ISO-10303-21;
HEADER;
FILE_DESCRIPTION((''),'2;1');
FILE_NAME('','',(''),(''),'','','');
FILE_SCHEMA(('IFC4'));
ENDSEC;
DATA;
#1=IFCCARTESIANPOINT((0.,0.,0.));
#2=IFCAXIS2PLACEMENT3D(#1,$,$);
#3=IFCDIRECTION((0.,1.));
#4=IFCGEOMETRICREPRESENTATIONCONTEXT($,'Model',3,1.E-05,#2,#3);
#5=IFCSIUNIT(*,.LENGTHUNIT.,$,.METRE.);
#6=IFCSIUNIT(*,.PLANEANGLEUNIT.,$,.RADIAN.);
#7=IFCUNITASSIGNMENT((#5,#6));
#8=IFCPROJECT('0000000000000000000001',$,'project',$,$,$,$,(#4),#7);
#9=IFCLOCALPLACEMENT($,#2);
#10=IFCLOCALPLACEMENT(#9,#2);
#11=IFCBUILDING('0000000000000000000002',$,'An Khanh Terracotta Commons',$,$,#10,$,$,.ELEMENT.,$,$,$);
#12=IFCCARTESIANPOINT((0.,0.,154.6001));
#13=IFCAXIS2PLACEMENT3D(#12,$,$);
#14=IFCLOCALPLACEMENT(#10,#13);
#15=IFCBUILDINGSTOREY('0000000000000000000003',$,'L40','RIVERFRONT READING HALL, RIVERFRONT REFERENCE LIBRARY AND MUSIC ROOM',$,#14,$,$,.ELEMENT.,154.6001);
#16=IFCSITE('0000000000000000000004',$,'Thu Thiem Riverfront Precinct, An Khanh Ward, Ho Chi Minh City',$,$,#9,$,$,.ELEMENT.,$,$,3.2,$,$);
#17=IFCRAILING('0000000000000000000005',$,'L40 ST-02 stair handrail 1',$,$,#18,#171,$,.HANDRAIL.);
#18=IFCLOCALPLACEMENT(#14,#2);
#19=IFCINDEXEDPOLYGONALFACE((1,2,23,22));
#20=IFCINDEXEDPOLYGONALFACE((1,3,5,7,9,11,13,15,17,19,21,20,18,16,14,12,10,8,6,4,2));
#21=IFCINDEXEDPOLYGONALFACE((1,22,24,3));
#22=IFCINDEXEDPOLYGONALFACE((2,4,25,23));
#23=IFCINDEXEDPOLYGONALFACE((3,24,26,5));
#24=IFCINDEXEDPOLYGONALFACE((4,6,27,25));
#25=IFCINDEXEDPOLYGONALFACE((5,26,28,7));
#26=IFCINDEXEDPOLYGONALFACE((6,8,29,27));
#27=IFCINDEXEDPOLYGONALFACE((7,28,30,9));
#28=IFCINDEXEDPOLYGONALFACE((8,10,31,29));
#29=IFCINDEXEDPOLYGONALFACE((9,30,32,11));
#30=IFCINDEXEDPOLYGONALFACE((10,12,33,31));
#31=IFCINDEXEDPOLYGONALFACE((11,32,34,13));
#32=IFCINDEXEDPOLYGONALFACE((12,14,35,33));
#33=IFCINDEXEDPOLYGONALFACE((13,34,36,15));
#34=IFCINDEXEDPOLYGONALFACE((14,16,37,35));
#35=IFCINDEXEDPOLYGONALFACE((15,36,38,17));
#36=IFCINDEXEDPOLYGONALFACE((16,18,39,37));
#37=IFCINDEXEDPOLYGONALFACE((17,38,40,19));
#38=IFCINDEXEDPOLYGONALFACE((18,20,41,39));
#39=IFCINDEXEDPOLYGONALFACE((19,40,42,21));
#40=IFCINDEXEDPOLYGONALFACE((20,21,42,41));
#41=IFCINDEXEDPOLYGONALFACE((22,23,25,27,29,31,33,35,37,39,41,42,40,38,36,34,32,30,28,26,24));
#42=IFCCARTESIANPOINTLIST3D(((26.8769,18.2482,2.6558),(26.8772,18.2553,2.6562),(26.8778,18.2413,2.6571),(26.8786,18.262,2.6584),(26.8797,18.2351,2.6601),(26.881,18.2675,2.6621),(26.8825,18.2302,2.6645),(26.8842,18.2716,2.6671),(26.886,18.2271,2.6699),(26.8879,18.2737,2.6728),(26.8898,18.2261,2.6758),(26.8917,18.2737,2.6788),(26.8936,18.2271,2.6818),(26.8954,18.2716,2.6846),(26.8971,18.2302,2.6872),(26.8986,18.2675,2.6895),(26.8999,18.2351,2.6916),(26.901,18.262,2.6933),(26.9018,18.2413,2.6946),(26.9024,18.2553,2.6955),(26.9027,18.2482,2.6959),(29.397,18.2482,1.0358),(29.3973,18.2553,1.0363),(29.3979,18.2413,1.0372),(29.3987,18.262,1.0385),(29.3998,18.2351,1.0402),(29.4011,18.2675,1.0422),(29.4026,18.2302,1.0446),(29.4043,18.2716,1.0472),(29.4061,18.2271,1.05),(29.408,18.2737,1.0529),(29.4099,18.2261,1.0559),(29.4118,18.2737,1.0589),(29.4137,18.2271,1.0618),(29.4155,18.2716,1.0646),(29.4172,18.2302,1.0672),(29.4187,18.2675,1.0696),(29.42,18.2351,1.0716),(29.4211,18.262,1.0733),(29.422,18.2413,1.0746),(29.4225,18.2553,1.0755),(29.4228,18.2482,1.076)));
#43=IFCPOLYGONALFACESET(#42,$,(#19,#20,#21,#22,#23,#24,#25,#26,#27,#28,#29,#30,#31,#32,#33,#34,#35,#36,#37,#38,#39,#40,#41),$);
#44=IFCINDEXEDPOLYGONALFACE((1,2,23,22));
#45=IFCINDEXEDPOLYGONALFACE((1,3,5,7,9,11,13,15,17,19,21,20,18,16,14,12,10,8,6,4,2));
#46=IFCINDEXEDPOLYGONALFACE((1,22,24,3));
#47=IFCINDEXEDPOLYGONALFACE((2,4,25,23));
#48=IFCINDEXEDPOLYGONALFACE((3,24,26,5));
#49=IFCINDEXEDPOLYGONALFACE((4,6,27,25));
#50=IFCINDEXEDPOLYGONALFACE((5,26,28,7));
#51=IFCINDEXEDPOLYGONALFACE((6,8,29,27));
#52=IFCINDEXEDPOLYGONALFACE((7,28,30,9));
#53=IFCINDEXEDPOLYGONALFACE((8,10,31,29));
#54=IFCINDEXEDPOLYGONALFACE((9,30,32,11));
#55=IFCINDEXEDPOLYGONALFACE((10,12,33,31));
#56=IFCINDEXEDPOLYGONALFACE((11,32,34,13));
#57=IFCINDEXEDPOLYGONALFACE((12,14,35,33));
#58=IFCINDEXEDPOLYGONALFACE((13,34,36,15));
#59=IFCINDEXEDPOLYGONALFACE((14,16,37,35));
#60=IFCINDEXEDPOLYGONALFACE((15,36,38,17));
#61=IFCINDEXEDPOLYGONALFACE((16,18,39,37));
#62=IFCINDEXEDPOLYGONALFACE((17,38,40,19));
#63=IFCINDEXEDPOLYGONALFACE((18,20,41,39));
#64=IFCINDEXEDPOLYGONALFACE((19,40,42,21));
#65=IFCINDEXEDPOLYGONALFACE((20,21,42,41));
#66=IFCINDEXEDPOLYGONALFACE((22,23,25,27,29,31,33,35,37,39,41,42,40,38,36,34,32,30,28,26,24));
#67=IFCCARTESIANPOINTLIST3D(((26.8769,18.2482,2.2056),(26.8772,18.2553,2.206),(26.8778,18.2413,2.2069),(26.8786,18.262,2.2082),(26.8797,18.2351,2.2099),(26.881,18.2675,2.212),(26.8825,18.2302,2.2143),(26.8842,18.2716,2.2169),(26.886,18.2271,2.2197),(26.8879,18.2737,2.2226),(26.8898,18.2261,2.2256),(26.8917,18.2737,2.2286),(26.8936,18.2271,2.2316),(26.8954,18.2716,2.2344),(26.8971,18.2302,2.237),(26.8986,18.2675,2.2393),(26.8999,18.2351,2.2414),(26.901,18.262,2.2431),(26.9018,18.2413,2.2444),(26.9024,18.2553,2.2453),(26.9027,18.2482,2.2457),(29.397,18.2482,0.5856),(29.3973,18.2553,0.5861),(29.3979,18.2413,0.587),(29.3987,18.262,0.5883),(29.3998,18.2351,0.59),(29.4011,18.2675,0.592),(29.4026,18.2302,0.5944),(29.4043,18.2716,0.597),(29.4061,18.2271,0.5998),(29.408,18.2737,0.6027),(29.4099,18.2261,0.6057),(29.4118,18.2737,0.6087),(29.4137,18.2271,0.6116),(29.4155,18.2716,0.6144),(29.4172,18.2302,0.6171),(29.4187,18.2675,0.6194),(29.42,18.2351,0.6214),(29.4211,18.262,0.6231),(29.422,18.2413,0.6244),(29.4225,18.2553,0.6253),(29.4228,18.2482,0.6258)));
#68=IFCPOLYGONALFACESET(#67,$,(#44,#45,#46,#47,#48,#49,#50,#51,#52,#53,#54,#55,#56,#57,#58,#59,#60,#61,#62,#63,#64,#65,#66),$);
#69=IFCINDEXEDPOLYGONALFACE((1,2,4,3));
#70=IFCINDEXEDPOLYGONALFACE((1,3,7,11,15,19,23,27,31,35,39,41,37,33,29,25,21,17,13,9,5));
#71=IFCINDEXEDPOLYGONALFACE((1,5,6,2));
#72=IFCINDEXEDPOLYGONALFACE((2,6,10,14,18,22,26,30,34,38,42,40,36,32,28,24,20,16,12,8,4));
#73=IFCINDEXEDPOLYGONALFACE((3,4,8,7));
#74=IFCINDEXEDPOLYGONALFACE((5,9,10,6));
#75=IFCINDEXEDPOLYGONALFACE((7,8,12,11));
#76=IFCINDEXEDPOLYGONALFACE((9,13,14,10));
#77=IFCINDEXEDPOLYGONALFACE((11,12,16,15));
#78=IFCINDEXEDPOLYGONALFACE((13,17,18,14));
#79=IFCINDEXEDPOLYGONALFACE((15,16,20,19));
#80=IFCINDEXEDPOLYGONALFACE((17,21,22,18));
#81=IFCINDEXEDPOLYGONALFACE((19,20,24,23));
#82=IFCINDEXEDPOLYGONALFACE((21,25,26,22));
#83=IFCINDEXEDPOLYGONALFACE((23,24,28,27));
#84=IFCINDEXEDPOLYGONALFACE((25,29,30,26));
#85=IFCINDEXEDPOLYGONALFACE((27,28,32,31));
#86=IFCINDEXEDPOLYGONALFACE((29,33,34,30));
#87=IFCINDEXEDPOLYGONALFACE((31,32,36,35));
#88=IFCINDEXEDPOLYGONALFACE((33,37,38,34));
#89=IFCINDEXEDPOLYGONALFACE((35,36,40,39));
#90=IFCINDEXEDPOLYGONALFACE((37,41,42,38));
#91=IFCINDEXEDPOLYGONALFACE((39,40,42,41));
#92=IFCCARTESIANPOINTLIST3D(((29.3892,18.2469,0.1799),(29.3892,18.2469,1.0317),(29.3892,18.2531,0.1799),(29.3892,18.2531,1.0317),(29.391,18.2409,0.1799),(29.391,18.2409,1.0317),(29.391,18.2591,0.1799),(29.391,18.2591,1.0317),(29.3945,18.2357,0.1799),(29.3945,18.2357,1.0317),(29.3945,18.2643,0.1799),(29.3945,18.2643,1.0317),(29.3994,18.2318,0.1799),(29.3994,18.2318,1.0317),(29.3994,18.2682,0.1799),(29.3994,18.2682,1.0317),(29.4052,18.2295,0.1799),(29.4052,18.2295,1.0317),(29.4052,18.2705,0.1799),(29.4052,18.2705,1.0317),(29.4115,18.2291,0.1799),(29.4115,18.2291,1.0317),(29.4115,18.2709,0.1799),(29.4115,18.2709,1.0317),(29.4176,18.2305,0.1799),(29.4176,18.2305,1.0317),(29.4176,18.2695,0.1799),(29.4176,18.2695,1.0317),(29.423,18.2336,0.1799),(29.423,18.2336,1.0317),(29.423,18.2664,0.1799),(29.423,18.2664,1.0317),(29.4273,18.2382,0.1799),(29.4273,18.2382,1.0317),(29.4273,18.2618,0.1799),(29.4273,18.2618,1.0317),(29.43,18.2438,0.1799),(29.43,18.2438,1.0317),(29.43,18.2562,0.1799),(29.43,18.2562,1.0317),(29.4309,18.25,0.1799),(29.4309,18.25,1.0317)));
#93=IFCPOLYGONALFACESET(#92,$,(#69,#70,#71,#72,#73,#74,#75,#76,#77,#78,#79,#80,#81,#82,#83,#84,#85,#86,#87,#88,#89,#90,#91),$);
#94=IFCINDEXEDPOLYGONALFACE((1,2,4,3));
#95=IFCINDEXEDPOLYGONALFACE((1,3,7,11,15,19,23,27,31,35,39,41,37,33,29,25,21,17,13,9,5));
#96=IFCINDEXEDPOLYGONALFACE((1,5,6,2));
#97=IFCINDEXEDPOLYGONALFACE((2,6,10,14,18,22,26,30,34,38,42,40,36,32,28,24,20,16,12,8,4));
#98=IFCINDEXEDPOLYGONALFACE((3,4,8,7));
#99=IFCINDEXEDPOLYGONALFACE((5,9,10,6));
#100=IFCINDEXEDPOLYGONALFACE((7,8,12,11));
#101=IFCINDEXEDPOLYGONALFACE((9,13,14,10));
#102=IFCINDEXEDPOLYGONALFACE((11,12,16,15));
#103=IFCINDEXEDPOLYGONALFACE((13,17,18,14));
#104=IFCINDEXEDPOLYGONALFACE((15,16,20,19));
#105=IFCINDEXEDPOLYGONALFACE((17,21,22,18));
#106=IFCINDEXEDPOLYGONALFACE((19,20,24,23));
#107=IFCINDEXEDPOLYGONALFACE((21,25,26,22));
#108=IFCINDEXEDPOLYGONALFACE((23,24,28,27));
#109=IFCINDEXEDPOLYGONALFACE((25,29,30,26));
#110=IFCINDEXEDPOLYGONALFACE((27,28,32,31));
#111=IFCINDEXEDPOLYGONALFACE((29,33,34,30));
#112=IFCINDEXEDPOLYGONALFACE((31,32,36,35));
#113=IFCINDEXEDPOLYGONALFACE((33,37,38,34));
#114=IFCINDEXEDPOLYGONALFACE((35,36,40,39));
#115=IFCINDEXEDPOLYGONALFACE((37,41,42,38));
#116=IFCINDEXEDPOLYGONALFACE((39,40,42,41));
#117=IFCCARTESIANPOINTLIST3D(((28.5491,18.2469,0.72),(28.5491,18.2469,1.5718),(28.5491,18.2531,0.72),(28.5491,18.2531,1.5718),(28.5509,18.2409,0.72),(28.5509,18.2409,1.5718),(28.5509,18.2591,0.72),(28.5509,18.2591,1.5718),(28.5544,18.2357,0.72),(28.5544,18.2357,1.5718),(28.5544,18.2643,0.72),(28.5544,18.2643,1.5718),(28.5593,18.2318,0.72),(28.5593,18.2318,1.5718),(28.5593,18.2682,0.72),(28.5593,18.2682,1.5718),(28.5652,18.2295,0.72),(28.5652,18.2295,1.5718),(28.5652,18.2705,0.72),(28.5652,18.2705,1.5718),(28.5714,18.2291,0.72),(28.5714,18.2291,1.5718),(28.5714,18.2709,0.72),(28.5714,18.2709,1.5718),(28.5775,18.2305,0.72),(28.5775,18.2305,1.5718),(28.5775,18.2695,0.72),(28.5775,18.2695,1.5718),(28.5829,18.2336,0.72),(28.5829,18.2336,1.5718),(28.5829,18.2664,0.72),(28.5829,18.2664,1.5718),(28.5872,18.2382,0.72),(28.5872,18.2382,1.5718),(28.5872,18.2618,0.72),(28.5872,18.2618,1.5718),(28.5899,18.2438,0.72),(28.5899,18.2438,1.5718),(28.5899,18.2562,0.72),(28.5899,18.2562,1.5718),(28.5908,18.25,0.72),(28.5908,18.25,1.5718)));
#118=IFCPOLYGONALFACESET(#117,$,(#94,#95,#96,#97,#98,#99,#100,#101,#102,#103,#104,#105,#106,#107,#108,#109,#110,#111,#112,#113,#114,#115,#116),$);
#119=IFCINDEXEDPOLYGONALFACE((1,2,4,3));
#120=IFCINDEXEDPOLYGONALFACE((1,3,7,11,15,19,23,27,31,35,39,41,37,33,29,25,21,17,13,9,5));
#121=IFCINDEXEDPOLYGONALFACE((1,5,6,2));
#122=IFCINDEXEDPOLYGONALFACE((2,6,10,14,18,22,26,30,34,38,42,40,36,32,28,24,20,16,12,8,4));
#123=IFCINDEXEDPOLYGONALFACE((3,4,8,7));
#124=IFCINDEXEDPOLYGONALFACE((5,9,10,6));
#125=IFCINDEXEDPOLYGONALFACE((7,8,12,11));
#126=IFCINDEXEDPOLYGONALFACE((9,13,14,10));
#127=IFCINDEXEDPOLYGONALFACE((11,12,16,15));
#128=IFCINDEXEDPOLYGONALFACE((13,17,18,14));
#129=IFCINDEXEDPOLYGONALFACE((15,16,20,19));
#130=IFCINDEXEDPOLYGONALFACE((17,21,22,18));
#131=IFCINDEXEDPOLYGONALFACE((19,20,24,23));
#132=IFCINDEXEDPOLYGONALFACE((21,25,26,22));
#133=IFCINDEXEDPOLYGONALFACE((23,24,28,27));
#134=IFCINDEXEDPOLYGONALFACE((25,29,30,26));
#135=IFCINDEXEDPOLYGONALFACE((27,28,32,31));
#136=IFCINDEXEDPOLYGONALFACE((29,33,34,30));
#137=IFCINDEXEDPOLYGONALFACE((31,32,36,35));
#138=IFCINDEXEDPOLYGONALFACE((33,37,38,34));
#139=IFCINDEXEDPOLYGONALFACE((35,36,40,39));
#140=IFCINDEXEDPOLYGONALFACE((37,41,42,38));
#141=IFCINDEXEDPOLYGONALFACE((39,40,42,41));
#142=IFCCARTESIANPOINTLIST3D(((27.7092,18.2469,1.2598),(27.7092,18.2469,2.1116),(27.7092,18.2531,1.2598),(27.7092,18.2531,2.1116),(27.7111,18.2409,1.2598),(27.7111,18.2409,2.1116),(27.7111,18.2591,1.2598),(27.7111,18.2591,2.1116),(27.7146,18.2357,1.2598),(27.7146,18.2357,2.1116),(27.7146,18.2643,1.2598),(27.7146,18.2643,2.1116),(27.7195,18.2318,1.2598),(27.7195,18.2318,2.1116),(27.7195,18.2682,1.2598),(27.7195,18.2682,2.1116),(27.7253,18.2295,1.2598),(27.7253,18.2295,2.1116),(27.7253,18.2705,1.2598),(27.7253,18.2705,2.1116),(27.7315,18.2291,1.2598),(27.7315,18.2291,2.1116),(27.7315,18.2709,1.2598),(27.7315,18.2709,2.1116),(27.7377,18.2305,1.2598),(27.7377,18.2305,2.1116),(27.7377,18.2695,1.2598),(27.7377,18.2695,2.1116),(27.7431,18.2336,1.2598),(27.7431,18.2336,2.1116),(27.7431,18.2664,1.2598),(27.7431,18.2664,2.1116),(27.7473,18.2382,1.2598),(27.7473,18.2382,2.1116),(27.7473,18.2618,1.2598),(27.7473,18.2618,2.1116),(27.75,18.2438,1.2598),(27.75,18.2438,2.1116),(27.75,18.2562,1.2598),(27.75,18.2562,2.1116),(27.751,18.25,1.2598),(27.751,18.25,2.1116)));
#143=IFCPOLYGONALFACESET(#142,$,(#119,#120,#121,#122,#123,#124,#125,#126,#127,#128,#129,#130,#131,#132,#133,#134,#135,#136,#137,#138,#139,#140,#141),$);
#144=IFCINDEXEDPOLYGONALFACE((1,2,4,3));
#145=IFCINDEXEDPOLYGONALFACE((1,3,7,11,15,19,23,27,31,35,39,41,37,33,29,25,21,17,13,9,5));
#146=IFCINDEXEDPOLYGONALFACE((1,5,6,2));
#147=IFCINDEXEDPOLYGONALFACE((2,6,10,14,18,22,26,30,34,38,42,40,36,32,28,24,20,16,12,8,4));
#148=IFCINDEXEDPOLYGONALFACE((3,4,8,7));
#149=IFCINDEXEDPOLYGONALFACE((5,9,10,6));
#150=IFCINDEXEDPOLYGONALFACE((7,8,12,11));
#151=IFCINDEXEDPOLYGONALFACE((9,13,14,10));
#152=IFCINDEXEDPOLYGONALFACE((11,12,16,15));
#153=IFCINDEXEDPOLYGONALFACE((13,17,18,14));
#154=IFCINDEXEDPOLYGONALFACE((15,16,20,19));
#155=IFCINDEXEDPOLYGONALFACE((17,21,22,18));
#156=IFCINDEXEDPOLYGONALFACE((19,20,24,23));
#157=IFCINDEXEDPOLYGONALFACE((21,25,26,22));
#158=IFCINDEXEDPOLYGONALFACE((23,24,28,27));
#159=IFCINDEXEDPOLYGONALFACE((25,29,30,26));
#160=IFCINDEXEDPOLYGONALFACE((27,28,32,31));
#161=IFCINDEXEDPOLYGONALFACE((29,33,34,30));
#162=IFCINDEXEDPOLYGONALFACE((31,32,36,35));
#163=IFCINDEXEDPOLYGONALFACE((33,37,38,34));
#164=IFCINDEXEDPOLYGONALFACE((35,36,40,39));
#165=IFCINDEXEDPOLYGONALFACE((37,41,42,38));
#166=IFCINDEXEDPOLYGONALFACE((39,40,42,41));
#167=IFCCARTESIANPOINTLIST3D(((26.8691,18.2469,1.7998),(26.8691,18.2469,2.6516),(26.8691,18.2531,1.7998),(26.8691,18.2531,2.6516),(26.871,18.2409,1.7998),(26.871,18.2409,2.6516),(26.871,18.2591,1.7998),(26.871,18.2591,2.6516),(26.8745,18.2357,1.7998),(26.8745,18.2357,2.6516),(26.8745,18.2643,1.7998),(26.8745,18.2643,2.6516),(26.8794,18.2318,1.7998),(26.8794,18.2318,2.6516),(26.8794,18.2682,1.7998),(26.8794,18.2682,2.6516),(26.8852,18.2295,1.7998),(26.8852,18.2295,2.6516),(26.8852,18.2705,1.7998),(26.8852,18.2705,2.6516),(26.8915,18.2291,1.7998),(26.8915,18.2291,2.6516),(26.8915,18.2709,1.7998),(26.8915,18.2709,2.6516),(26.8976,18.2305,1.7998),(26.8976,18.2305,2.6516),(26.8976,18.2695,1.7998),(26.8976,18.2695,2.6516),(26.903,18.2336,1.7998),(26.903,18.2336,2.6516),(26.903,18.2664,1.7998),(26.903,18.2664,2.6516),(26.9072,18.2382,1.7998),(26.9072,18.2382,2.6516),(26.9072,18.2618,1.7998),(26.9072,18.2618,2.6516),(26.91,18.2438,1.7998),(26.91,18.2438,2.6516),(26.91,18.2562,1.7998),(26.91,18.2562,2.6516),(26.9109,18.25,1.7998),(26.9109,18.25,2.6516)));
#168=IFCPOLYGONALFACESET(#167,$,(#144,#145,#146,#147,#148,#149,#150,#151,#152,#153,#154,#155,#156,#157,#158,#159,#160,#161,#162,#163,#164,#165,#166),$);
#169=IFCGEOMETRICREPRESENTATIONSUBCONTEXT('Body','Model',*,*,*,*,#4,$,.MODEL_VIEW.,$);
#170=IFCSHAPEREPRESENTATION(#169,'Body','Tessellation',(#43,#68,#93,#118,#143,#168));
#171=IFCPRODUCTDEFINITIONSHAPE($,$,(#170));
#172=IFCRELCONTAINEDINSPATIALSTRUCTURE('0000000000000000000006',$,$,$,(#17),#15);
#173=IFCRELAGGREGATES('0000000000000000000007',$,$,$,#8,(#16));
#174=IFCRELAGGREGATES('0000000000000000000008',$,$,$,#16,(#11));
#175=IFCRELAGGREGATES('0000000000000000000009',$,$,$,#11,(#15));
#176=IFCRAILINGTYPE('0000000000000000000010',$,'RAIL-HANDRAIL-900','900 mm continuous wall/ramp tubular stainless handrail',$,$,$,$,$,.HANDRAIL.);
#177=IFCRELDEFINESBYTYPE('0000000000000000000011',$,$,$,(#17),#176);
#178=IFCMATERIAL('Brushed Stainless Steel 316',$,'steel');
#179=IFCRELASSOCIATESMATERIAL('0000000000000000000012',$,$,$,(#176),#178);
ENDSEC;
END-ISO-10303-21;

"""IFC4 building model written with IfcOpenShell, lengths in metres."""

from ifc_helpers import new_model, si_unit, direction, frame, origin, origin_2d, place, context, subcontext, project, spatial, circle, extrude, material, type_object, element, save


model = new_model("IFC4")

# Units and contexts
model_context = context("Model", 3, precision=1e-05, world=origin(), true_north=direction((0.0, 1.0)))
body_context = subcontext(model_context, "Body", "Model", "MODEL_VIEW")
ifc_project = project(units=[si_unit("LENGTHUNIT", "METRE"), si_unit("PLANEANGLEUNIT", "RADIAN")], contexts=[model_context])

# Site, building, storey
site_placement = place(None, origin())
site = spatial("IfcSite", under=ifc_project, at=site_placement, Name="Thu Thiem Riverfront Precinct, An Khanh Ward, Ho Chi Minh City", CompositionType="ELEMENT", RefElevation=3.2)
building_placement = place(site_placement, origin())
building = spatial("IfcBuilding", under=site, at=building_placement, Name="An Khanh Terracotta Commons", CompositionType="ELEMENT")
storey_placement = place(building_placement, frame((0.0, 0.0, 154.6001)))
storey = spatial("IfcBuildingStorey", under=building, at=storey_placement, Name="L40", Description="RIVERFRONT READING HALL, RIVERFRONT REFERENCE LIBRARY AND MUSIC ROOM", CompositionType="ELEMENT", Elevation=154.6001)

# Railing
ifc_material_1 = material(Name="Brushed Stainless Steel 316", Category="steel")
railing_type_1 = type_object("IfcRailingType", Name="RAIL-HANDRAIL-900", Description="900 mm continuous wall/ramp tubular stainless handrail", PredefinedType="HANDRAIL", material=ifc_material_1)
railing_1_placement = place(storey_placement, frame((29.4099, 18.25, 0.1799)))
element("IfcRailing", 1, at=railing_1_placement, inside=storey, type_object=railing_type_1, Name="L40 ST-02 stair handrail 1", PredefinedType="HANDRAIL", context=body_context, shape_type="SweptSolid", body=[
    extrude(circle(Radius=0.0239, at=origin_2d()), frame((0.0, 0.0, 0.876), z_axis=(-0.8412, 0.0, 0.540725), x_axis=(0.0, -1.0, 0.0)), (0.0, 0.0, 1.0), 2.9958),
    extrude(circle(Radius=0.0239, at=origin_2d()), frame((0.0, 0.0, 0.4258), z_axis=(-0.8412, 0.0, 0.540725), x_axis=(0.0, -1.0, 0.0)), (0.0, 0.0, 1.0), 2.9958),
    extrude(circle(Radius=0.021, at=origin_2d()), origin(), (0.0, 0.0, 1.0), 0.8518),
    extrude(circle(Radius=0.021, at=origin_2d()), frame((-0.8401, 0.0, 0.54)), (0.0, 0.0, 1.0), 0.8518),
    extrude(circle(Radius=0.021, at=origin_2d()), frame((-1.6799, 0.0, 1.0798)), (0.0, 0.0, 1.0), 0.8518),
    extrude(circle(Radius=0.021, at=origin_2d()), frame((-2.52, 0.0, 1.6199)), (0.0, 0.0, 1.0), 0.8518),
])

save(model, "model.ifc")
